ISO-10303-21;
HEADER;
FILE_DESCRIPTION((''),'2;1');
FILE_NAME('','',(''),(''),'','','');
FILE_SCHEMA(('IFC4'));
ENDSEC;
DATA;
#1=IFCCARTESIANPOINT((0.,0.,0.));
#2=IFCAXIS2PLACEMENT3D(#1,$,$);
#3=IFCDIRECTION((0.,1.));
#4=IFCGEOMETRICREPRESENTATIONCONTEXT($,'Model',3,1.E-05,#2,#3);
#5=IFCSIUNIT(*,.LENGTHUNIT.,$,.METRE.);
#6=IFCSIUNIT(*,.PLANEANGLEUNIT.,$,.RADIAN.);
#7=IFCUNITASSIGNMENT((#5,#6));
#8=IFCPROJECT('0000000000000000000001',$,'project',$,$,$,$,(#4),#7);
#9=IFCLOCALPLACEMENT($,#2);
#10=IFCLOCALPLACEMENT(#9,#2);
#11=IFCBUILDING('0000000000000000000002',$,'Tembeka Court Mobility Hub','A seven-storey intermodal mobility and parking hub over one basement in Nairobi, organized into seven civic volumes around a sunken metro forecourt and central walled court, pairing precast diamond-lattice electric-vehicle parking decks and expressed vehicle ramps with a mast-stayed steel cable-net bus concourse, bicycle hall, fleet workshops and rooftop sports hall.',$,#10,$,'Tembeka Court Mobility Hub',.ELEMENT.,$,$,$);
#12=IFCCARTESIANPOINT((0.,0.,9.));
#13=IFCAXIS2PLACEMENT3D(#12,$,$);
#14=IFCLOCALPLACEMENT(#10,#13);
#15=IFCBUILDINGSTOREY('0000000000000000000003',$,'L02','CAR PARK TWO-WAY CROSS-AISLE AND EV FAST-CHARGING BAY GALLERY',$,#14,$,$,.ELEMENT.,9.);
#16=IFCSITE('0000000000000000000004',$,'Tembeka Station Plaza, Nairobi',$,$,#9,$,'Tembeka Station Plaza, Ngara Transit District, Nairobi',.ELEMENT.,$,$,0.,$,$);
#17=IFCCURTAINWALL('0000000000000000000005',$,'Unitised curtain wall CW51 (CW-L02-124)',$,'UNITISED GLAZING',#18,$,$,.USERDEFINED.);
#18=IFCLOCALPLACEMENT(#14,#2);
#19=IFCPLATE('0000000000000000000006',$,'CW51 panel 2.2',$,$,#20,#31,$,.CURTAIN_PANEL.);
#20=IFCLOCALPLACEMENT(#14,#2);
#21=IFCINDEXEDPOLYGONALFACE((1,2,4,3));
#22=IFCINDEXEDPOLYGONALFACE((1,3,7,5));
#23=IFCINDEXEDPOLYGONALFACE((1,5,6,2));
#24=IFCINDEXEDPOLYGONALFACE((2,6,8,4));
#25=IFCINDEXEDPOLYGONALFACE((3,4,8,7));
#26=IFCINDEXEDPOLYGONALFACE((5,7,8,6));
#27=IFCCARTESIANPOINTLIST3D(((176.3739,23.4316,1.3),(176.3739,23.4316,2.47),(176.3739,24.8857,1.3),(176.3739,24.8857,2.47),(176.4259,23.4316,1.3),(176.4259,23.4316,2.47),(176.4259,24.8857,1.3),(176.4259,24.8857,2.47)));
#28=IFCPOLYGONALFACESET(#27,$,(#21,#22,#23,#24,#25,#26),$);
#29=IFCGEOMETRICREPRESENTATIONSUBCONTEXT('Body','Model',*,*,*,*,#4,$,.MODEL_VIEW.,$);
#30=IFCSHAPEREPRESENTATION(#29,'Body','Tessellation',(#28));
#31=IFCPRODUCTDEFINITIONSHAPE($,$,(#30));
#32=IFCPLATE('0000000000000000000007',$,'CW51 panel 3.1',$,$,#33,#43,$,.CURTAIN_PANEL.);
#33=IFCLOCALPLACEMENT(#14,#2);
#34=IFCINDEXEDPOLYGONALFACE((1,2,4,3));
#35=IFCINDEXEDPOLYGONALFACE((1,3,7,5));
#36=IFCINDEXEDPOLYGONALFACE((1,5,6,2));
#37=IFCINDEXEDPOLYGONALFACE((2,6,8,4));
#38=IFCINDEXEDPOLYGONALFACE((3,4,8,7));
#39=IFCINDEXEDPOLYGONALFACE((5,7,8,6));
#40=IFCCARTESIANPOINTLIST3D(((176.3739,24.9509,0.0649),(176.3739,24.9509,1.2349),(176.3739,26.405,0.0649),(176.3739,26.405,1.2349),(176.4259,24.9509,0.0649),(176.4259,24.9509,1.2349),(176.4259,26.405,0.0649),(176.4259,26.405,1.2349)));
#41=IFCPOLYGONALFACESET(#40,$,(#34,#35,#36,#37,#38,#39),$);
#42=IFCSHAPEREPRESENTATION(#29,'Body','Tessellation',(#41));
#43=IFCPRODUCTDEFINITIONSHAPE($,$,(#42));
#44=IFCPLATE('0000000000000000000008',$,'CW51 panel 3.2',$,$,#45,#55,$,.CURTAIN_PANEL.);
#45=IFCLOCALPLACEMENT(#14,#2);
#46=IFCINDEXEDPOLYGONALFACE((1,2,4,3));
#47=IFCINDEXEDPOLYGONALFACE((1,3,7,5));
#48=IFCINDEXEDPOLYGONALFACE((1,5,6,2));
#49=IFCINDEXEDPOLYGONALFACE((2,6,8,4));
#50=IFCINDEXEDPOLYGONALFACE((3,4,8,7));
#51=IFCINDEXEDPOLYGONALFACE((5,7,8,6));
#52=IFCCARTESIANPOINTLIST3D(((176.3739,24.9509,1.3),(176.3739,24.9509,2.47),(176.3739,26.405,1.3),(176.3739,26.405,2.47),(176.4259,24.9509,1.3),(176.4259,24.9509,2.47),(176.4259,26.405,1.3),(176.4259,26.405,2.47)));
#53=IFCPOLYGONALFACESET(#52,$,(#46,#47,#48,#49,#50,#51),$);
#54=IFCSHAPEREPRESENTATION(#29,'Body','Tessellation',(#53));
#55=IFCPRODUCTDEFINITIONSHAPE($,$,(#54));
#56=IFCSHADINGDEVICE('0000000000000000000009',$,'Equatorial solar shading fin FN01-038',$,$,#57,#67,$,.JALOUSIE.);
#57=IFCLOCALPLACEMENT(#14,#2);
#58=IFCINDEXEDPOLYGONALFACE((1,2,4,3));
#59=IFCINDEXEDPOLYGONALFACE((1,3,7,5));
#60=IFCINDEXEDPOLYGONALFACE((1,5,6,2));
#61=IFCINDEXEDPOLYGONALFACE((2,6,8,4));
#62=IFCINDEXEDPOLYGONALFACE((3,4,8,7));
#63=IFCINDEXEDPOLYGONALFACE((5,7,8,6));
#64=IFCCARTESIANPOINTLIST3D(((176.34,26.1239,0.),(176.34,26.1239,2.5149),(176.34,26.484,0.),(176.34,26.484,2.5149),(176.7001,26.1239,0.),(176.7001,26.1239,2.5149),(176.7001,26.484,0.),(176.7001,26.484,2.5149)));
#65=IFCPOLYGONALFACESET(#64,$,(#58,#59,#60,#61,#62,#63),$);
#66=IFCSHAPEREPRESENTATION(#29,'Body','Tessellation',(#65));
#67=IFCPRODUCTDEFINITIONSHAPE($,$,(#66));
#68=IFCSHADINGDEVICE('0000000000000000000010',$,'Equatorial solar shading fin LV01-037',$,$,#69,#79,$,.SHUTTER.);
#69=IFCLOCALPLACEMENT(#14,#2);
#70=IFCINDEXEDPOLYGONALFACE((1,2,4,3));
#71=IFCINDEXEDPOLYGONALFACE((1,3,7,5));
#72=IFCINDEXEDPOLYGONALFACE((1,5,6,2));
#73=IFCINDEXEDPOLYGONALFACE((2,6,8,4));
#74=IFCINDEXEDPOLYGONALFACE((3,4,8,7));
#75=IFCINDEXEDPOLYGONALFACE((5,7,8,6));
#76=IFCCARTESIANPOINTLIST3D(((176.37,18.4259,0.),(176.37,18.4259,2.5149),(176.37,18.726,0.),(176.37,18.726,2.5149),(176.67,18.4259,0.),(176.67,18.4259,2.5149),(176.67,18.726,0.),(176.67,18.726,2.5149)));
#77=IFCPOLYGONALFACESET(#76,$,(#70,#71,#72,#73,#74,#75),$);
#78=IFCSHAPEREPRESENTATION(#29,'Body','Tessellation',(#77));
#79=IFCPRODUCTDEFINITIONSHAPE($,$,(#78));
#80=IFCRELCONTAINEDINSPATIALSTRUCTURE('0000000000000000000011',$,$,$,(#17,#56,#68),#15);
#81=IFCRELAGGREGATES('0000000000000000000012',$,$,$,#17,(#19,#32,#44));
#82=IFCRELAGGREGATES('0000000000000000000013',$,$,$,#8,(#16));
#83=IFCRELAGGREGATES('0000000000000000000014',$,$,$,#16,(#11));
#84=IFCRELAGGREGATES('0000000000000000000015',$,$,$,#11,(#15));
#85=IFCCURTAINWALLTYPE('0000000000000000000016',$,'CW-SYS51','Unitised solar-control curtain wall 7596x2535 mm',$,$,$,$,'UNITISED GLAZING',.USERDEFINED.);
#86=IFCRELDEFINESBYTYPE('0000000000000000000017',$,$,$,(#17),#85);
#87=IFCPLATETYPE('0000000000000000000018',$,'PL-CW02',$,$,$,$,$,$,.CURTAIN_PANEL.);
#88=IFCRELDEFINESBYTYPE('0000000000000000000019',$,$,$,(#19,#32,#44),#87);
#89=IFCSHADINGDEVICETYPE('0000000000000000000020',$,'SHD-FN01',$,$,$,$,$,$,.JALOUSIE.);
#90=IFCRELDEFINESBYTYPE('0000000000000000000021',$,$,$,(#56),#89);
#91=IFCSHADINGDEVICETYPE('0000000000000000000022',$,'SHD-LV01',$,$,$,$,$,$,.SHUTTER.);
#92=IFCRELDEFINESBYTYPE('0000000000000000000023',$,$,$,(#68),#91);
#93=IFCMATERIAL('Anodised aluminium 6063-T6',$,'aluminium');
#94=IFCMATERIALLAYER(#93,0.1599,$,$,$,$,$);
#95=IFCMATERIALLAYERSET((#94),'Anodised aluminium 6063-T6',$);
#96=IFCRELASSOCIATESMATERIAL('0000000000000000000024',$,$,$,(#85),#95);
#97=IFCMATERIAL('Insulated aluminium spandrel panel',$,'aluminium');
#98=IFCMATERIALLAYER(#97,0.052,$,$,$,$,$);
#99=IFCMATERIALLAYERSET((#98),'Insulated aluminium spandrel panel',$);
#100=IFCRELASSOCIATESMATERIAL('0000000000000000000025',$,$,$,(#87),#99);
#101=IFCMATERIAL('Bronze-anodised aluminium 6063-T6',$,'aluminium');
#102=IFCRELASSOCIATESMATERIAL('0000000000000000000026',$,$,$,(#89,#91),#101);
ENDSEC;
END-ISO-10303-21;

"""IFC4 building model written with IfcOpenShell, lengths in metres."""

from ifc_helpers import new_model, si_unit, direction, frame, origin, origin_2d, place, context, subcontext, project, spatial, rectangle, extrude, material, layer, layer_set, material_profile, profile_set, type_object, element, aggregate, save


model = new_model("IFC4")

# Units and contexts
model_context = context("Model", 3, precision=1e-05, world=origin(), true_north=direction((0.0, 1.0)))
body_context = subcontext(model_context, "Body", "Model", "MODEL_VIEW")
ifc_project = project(units=[si_unit("LENGTHUNIT", "METRE"), si_unit("PLANEANGLEUNIT", "RADIAN")], contexts=[model_context])

# Site, building, storey
site_placement = place(None, origin())
site = spatial("IfcSite", under=ifc_project, at=site_placement, Name="Tembeka Station Plaza, Nairobi", LongName="Tembeka Station Plaza, Ngara Transit District, Nairobi", CompositionType="ELEMENT", RefElevation=0.0)
building_placement = place(site_placement, origin())
building = spatial("IfcBuilding", under=site, at=building_placement, Name="Tembeka Court Mobility Hub", Description="A seven-storey intermodal mobility and parking hub over one basement in Nairobi, organized into seven civic volumes around a sunken metro forecourt and central walled court, pairing precast diamond-lattice electric-vehicle parking decks and expressed vehicle ramps with a mast-stayed steel cable-net bus concourse, bicycle hall, fleet workshops and rooftop sports hall.", LongName="Tembeka Court Mobility Hub", CompositionType="ELEMENT")
storey_placement = place(building_placement, frame((0.0, 0.0, 9.0)))
storey = spatial("IfcBuildingStorey", under=building, at=storey_placement, Name="L02", Description="CAR PARK TWO-WAY CROSS-AISLE AND EV FAST-CHARGING BAY GALLERY", CompositionType="ELEMENT", Elevation=9.0)

# Curtain wall, plates
ifc_material_1 = material(Name="Anodised aluminium 6063-T6", Category="aluminium")
ifc_layer_1 = layer(ifc_material_1, 0.1599)
ifc_layer_set_1 = layer_set([ifc_layer_1], Name="Anodised aluminium 6063-T6")
curtain_wall_type = type_object("IfcCurtainWallType", Name="CW-SYS51", Description="Unitised solar-control curtain wall 7596x2535 mm", ElementType="UNITISED GLAZING", PredefinedType="USERDEFINED", material=ifc_layer_set_1)
curtain_wall_placement = place(storey_placement, origin())
curtain_wall = element("IfcCurtainWall", 1, at=curtain_wall_placement, inside=storey, type_object=curtain_wall_type, Name="Unitised curtain wall CW51 (CW-L02-124)", ObjectType="UNITISED GLAZING", PredefinedType="USERDEFINED")
ifc_material_2 = material(Name="Insulated aluminium spandrel panel", Category="aluminium")
ifc_layer_2 = layer(ifc_material_2, 0.052)
ifc_layer_set_2 = layer_set([ifc_layer_2], Name="Insulated aluminium spandrel panel")
plate_type = type_object("IfcPlateType", Name="PL-CW02", PredefinedType="CURTAIN_PANEL", material=ifc_layer_set_2)
plate_1_placement = place(storey_placement, frame((176.3999, 24.1587, 1.3), z_axis=(0.0, 0.0, 1.0), x_axis=(0.0, 1.0, 0.0)))
plate_1 = element("IfcPlate", 2, at=plate_1_placement, type_object=plate_type, Name="CW51 panel 2.2", PredefinedType="CURTAIN_PANEL", context=body_context, shape_type="SweptSolid", body=[
    extrude(rectangle(XDim=1.4541, YDim=0.052, at=origin_2d()), origin(), (0.0, 0.0, 1.0), 1.1699),
])
plate_2_placement = place(storey_placement, frame((176.3999, 25.678, 0.0649), z_axis=(0.0, 0.0, 1.0), x_axis=(0.0, 1.0, 0.0)))
plate_2 = element("IfcPlate", 3, at=plate_2_placement, type_object=plate_type, Name="CW51 panel 3.1", PredefinedType="CURTAIN_PANEL", context=body_context, shape_type="SweptSolid", body=[
    extrude(rectangle(XDim=1.4541, YDim=0.052, at=origin_2d()), origin(), (0.0, 0.0, 1.0), 1.1699),
])
plate_3_placement = place(storey_placement, frame((176.3999, 25.678, 1.3), z_axis=(0.0, 0.0, 1.0), x_axis=(0.0, 1.0, 0.0)))
plate_3 = element("IfcPlate", 4, at=plate_3_placement, type_object=plate_type, Name="CW51 panel 3.2", PredefinedType="CURTAIN_PANEL", context=body_context, shape_type="SweptSolid", body=[
    extrude(rectangle(XDim=1.4541, YDim=0.052, at=origin_2d()), origin(), (0.0, 0.0, 1.0), 1.1699),
])
aggregate(curtain_wall, [plate_1, plate_2, plate_3])

# Shading devices
ifc_material_3 = material(Name="Bronze-anodised aluminium 6063-T6", Category="aluminium")
ifc_material_profile_1 = material_profile(ifc_material_3, rectangle(XDim=0.3601, YDim=0.3601, at=origin_2d()), Name="ALU-FIN 360x360")
ifc_profile_set_1 = profile_set([ifc_material_profile_1], Name="Bronze-anodised aluminium 6063-T6")
shading_device_type_1 = type_object("IfcShadingDeviceType", Name="SHD-FN01", PredefinedType="JALOUSIE", material=ifc_profile_set_1)
shading_device_1_placement = place(storey_placement, frame((176.52, 26.304, 0.0), z_axis=(0.0, 0.0, 1.0), x_axis=(1.0, 0.0, 0.0)))
element("IfcShadingDevice", 5, at=shading_device_1_placement, inside=storey, type_object=shading_device_type_1, Name="Equatorial solar shading fin FN01-038", PredefinedType="JALOUSIE", context=body_context, shape_type="SweptSolid", body=[
    extrude(rectangle(XDim=0.3601, YDim=0.3601, at=origin_2d()), origin(), (0.0, 0.0, 1.0), 2.5149),
])
ifc_material_profile_2 = material_profile(ifc_material_3, rectangle(XDim=0.3, YDim=0.3, at=origin_2d()), Name="ALU-LVR 300x300")
ifc_profile_set_2 = profile_set([ifc_material_profile_2], Name="Bronze-anodised aluminium 6063-T6")
shading_device_type_2 = type_object("IfcShadingDeviceType", Name="SHD-LV01", PredefinedType="SHUTTER", material=ifc_profile_set_2)
shading_device_2_placement = place(storey_placement, frame((176.52, 18.5759, 0.0), z_axis=(0.0, 0.0, 1.0), x_axis=(1.0, 0.0, 0.0)))
element("IfcShadingDevice", 6, at=shading_device_2_placement, inside=storey, type_object=shading_device_type_2, Name="Equatorial solar shading fin LV01-037", PredefinedType="SHUTTER", context=body_context, shape_type="SweptSolid", body=[
    extrude(rectangle(XDim=0.3, YDim=0.3, at=origin_2d()), origin(), (0.0, 0.0, 1.0), 2.5149),
])

save(model, "model.ifc")
